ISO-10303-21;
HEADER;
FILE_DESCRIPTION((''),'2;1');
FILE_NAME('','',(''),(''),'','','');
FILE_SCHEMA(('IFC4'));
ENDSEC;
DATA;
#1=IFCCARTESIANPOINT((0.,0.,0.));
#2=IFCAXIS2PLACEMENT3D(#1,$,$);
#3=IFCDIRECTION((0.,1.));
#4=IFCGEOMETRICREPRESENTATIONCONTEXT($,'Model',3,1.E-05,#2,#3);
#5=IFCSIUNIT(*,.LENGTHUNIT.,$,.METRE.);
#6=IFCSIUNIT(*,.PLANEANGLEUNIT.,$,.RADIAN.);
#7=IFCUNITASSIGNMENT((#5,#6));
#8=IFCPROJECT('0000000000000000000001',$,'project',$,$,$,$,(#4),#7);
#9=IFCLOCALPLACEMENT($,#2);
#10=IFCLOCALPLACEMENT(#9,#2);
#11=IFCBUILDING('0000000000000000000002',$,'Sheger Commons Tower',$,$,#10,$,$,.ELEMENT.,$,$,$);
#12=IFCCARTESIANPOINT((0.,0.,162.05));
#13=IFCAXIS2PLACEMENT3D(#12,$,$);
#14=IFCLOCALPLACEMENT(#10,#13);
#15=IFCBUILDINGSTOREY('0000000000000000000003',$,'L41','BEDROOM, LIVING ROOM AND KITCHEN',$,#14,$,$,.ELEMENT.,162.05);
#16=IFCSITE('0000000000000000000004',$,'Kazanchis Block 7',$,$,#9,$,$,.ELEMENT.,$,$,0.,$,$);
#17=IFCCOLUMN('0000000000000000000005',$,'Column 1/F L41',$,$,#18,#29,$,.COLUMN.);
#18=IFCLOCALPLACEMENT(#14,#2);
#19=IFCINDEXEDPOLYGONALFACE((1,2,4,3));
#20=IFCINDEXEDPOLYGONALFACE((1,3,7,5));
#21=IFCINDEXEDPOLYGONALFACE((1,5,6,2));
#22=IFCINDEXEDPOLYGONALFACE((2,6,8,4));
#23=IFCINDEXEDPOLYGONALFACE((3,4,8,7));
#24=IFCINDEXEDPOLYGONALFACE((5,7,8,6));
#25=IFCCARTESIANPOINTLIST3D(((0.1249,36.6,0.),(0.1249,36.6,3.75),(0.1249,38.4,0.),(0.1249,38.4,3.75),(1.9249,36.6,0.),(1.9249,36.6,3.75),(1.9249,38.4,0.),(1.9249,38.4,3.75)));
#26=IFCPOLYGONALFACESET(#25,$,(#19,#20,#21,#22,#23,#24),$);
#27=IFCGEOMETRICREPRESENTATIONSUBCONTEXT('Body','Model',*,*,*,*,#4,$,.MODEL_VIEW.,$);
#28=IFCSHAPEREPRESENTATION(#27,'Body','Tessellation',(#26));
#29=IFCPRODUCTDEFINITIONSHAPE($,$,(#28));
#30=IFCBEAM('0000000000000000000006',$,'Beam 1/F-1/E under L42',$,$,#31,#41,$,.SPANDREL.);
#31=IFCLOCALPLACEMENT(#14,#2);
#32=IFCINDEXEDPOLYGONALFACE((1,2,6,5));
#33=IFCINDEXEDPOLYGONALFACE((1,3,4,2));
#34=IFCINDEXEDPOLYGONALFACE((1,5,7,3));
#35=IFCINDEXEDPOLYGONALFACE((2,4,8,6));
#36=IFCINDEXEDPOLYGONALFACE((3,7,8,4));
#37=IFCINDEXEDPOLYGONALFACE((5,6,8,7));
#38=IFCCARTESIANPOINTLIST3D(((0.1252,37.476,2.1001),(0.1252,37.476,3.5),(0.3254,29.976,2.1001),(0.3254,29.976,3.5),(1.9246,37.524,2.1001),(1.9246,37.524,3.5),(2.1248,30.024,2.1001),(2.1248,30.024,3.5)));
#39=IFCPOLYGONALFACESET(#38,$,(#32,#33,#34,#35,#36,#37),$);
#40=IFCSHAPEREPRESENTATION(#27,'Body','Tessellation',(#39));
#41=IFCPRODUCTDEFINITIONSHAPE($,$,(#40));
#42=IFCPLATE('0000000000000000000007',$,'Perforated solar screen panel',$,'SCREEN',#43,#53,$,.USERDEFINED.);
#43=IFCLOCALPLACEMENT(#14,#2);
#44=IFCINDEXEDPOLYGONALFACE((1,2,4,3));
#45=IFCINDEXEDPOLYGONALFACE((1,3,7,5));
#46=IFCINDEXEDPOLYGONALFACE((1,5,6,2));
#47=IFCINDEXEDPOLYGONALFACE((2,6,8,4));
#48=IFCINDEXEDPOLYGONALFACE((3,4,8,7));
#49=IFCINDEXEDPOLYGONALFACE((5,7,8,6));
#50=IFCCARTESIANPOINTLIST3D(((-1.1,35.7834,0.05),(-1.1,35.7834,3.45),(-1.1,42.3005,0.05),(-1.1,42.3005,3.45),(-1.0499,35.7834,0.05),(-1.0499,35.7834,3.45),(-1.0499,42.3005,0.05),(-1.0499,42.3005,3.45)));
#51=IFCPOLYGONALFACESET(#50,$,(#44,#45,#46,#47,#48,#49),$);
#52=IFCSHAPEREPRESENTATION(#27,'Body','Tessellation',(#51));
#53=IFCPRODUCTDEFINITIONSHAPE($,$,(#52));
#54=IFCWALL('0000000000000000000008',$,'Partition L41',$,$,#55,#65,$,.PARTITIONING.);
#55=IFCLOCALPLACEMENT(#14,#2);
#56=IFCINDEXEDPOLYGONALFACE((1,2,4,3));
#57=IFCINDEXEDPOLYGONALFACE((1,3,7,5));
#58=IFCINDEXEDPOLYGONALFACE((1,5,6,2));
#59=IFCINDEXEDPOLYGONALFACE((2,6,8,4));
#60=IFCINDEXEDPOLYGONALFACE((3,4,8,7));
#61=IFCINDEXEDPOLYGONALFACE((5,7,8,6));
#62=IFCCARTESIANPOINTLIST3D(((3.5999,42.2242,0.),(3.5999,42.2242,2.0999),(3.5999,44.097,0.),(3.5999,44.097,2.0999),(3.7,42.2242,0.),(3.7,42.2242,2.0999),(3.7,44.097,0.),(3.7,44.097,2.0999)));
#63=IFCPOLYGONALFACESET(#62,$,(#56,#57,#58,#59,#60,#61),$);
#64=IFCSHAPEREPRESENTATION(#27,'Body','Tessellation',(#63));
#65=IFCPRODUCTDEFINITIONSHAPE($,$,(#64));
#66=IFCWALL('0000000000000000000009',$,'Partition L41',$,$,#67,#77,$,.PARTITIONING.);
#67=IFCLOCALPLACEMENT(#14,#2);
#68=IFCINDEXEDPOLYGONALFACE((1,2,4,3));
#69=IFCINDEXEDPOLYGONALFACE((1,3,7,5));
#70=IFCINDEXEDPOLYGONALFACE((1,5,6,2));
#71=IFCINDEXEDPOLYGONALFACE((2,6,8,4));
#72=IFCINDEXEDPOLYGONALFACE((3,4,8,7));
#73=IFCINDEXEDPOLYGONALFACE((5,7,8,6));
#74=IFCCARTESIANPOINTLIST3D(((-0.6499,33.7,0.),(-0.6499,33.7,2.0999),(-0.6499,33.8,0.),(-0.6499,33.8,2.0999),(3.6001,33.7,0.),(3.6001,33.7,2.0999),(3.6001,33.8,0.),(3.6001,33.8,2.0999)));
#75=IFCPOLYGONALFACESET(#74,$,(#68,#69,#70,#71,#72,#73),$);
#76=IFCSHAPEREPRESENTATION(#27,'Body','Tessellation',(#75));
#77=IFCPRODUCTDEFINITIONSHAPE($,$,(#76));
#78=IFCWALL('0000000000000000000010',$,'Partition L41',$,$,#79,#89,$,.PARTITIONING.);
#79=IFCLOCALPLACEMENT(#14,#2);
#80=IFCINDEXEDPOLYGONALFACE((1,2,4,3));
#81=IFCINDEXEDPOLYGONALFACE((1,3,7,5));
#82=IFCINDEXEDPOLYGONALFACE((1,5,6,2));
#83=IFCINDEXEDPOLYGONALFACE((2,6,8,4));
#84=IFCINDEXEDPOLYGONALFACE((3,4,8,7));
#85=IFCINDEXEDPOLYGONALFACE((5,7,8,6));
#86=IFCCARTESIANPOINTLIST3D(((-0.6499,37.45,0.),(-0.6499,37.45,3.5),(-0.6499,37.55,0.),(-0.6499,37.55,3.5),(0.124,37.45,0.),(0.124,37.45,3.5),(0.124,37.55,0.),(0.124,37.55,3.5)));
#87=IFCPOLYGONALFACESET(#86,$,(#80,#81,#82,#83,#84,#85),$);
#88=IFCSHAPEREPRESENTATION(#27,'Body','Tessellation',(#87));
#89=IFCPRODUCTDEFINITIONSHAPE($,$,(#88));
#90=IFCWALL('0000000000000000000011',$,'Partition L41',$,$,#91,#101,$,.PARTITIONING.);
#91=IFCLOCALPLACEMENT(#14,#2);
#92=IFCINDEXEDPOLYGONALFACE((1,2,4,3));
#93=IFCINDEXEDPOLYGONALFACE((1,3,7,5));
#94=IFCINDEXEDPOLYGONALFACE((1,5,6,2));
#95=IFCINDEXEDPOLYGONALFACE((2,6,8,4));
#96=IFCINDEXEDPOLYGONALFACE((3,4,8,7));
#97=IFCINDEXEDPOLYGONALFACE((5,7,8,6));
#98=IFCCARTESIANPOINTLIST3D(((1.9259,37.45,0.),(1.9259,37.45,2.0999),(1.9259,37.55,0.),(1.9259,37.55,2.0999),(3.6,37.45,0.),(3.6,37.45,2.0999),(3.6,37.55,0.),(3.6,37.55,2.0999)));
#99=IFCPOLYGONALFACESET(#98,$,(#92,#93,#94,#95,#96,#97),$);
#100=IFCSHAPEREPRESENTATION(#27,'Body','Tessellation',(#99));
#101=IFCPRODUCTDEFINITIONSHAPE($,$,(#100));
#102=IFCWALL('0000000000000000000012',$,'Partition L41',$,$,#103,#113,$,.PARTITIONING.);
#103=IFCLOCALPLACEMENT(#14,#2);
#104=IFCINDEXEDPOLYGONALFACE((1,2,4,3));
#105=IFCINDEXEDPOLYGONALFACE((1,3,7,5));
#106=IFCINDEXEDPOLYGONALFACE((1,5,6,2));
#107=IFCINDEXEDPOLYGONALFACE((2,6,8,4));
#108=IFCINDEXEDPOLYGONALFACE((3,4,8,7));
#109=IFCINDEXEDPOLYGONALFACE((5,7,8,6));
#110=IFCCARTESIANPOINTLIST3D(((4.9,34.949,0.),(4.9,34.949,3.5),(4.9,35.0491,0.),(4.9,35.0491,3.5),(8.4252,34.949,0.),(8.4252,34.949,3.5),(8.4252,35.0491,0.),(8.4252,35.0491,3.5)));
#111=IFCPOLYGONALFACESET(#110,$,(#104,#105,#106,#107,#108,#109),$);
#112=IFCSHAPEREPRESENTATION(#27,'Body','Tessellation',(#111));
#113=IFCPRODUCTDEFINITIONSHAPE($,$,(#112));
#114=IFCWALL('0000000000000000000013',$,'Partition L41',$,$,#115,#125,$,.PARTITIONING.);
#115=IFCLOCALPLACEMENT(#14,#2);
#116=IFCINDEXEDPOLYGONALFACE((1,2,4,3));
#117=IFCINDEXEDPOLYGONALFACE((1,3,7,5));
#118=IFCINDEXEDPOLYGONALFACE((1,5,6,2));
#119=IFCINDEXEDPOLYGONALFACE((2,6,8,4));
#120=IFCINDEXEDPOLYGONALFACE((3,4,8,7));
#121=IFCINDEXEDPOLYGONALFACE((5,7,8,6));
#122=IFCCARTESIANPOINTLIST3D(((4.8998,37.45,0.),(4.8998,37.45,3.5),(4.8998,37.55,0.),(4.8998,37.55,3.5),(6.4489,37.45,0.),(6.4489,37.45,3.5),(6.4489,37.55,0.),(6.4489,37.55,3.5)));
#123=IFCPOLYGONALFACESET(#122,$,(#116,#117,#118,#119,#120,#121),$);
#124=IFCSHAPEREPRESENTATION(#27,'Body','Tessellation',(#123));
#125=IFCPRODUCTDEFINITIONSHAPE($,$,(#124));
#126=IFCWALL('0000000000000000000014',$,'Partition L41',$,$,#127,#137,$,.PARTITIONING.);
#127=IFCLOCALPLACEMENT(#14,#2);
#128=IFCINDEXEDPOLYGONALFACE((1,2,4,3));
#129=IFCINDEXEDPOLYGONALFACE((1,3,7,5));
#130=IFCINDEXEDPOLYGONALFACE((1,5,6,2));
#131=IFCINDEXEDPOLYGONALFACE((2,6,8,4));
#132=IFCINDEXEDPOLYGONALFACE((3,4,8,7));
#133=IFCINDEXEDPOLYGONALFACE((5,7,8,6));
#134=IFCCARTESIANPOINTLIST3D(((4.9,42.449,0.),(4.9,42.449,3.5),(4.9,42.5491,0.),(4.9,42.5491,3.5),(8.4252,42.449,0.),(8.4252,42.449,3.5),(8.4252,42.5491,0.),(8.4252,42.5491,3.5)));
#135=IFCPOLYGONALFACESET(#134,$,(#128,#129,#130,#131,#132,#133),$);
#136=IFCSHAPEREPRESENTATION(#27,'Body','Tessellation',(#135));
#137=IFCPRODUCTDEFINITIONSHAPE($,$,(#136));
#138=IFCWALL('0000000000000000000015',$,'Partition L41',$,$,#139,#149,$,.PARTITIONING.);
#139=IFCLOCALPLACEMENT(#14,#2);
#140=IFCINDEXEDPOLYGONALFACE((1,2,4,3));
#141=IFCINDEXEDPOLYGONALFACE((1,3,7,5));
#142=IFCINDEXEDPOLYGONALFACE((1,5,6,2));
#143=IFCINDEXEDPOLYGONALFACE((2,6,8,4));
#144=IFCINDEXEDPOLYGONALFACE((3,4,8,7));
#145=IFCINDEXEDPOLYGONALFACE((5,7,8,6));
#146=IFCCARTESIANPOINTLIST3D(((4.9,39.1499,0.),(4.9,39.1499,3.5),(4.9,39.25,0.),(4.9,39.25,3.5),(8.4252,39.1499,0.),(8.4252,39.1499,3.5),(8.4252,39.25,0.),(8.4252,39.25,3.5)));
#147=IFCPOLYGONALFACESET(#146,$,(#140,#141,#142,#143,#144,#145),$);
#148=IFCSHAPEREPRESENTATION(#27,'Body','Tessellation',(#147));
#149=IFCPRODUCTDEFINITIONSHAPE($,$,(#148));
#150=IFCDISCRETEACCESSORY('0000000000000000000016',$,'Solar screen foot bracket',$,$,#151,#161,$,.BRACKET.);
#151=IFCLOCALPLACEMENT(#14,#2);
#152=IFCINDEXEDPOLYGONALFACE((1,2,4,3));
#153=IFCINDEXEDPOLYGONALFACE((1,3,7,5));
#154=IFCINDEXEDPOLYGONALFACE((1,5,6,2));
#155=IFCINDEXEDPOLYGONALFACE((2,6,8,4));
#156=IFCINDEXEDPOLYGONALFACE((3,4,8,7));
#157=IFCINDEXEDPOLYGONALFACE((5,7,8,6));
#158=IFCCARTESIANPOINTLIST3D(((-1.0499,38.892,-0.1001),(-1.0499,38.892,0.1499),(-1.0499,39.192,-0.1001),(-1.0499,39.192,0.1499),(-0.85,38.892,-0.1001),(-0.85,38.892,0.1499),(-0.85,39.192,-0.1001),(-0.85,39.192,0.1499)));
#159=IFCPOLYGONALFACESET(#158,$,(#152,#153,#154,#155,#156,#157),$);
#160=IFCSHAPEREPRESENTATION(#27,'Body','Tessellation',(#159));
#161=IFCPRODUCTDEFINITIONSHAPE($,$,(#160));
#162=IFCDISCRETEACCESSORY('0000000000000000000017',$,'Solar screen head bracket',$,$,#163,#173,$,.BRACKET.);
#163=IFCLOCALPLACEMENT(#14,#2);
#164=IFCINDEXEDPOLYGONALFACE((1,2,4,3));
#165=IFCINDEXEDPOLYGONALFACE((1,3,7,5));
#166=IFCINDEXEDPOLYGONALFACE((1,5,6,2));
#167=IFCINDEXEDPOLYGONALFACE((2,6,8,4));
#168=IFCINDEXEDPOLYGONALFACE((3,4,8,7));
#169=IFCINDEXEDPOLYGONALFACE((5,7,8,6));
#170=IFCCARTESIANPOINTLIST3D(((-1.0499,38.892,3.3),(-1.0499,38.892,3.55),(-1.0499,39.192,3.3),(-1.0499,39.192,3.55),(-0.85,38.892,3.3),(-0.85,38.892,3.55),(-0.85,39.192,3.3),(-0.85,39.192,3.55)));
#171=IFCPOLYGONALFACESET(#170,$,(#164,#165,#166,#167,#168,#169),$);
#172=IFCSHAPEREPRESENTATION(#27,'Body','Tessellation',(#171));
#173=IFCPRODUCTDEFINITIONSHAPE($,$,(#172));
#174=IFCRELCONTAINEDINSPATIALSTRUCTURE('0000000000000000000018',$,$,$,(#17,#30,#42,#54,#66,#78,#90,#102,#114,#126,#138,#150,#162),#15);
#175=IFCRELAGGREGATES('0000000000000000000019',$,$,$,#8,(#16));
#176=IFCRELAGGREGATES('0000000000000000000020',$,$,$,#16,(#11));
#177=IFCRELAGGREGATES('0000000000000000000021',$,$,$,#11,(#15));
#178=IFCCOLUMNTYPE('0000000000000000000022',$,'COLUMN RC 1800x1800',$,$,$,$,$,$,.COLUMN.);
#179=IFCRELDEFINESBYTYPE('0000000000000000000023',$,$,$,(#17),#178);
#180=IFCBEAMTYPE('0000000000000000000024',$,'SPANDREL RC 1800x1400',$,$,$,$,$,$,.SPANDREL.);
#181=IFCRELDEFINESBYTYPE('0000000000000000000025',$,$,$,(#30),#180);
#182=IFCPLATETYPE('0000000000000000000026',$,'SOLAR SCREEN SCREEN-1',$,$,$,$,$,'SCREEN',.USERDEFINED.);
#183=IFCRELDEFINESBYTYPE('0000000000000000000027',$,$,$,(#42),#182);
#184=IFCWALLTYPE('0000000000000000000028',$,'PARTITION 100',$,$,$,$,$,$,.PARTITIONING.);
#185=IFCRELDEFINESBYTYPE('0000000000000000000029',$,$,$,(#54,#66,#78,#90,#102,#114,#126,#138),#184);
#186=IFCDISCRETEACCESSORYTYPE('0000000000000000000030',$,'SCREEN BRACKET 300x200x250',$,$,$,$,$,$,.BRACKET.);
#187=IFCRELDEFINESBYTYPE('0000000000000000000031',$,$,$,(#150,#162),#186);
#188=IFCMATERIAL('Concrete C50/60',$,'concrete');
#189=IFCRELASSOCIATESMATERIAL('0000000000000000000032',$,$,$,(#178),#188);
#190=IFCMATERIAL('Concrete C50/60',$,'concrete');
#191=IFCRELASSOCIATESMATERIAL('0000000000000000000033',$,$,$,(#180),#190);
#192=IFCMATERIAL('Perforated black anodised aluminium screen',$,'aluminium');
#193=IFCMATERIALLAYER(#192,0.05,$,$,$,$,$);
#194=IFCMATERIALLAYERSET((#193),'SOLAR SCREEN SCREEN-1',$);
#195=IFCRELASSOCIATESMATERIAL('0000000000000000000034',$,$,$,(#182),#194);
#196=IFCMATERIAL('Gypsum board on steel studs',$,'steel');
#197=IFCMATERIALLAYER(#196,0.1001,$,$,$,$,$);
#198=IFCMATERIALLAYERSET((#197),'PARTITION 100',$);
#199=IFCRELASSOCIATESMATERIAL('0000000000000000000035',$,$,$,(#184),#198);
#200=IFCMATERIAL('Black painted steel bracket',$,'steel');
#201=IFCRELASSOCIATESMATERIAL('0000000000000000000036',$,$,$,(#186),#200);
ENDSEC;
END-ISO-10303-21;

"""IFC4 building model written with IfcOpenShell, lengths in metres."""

from ifc_helpers import new_model, si_unit, direction, frame, frame_2d, origin, origin_2d, place, context, subcontext, project, spatial, rectangle, extrude, material, layer, layer_set, material_profile, profile_set, type_object, element, save


model = new_model("IFC4")

# Units and contexts
model_context = context("Model", 3, precision=1e-05, world=origin(), true_north=direction((0.0, 1.0)))
body_context = subcontext(model_context, "Body", "Model", "MODEL_VIEW")
ifc_project = project(units=[si_unit("LENGTHUNIT", "METRE"), si_unit("PLANEANGLEUNIT", "RADIAN")], contexts=[model_context])

# Site, building, storey
site_placement = place(None, origin())
site = spatial("IfcSite", under=ifc_project, at=site_placement, Name="Kazanchis Block 7", CompositionType="ELEMENT", RefElevation=0.0)
building_placement = place(site_placement, origin())
building = spatial("IfcBuilding", under=site, at=building_placement, Name="Sheger Commons Tower", CompositionType="ELEMENT")
storey_placement = place(building_placement, frame((0.0, 0.0, 162.05)))
storey = spatial("IfcBuildingStorey", under=building, at=storey_placement, Name="L41", Description="BEDROOM, LIVING ROOM AND KITCHEN", CompositionType="ELEMENT", Elevation=162.05)

# Column
ifc_material_1 = material(Name="Concrete C50/60", Category="concrete")
ifc_material_profile_1 = material_profile(ifc_material_1, rectangle(XDim=1.8, YDim=1.8, at=origin_2d()), Name="RC 1800x1800")
ifc_profile_set_1 = profile_set([ifc_material_profile_1], Name="Concrete C50/60")
column_type = type_object("IfcColumnType", Name="COLUMN RC 1800x1800", PredefinedType="COLUMN", material=ifc_profile_set_1)
column_placement = place(storey_placement, frame((1.0249, 37.5, 0.0), z_axis=(0.0, 0.0, 1.0), x_axis=(1.0, 0.0, 0.0)))
element("IfcColumn", 1, at=column_placement, inside=storey, type_object=column_type, Name="Column 1/F L41", PredefinedType="COLUMN", context=body_context, shape_type="SweptSolid", body=[
    extrude(rectangle(XDim=1.8, YDim=1.8, at=origin_2d()), origin(), (0.0, 0.0, 1.0), 3.75),
])

# Beam
ifc_material_2 = material(Name="Concrete C50/60", Category="concrete")
ifc_material_profile_2 = material_profile(ifc_material_2, rectangle(XDim=1.8, YDim=1.3999, at=origin_2d()), Name="RC 1800x1400")
ifc_profile_set_2 = profile_set([ifc_material_profile_2], Name="Concrete C50/60")
beam_type = type_object("IfcBeamType", Name="SPANDREL RC 1800x1400", PredefinedType="SPANDREL", material=ifc_profile_set_2)
beam_placement = place(storey_placement, frame((1.0249, 37.5, 2.8), z_axis=(0.026683, -0.999644, 0.0), x_axis=(0.999644, 0.026683, 0.0)))
element("IfcBeam", 2, at=beam_placement, inside=storey, type_object=beam_type, Name="Beam 1/F-1/E under L42", PredefinedType="SPANDREL", context=body_context, shape_type="SweptSolid", body=[
    extrude(rectangle(XDim=1.8, YDim=1.3999, at=origin_2d()), origin(), (0.0, 0.0, 1.0), 7.5027),
])

# Plate
ifc_material_3 = material(Name="Perforated black anodised aluminium screen", Category="aluminium")
ifc_layer_1 = layer(ifc_material_3, 0.05)
ifc_layer_set_1 = layer_set([ifc_layer_1], Name="SOLAR SCREEN SCREEN-1")
plate_type = type_object("IfcPlateType", Name="SOLAR SCREEN SCREEN-1", ElementType="SCREEN", PredefinedType="USERDEFINED", material=ifc_layer_set_1)
plate_placement = place(storey_placement, frame((-1.075, 39.042, 0.05), z_axis=(0.0, 0.0, 1.0), x_axis=(0.0, -1.0, 0.0)))
element("IfcPlate", 3, at=plate_placement, inside=storey, type_object=plate_type, Name="Perforated solar screen panel", ObjectType="SCREEN", PredefinedType="USERDEFINED", context=body_context, shape_type="SweptSolid", body=[
    extrude(rectangle(XDim=6.5171, YDim=0.05, at=origin_2d()), origin(), (0.0, 0.0, 1.0), 3.3999),
])

# Walls
ifc_material_4 = material(Name="Gypsum board on steel studs", Category="steel")
ifc_layer_2 = layer(ifc_material_4, 0.1001)
ifc_layer_set_2 = layer_set([ifc_layer_2], Name="PARTITION 100")
wall_type = type_object("IfcWallType", Name="PARTITION 100", PredefinedType="PARTITIONING", material=ifc_layer_set_2)
wall_1_placement = place(storey_placement, frame((3.6499, 42.2241, 0.0), z_axis=(0.0, 0.0, 1.0), x_axis=(0.0, 1.0, 0.0)))
element("IfcWall", 4, at=wall_1_placement, inside=storey, type_object=wall_type, Name="Partition L41", PredefinedType="PARTITIONING", context=body_context, shape_type="SweptSolid", body=[
    extrude(rectangle(XDim=1.8728, YDim=0.1001, at=frame_2d((0.9365, 0.0))), origin(), (0.0, 0.0, 1.0), 2.0999),
])
wall_2_placement = place(storey_placement, frame((-0.6499, 33.75, 0.0), z_axis=(0.0, 0.0, 1.0), x_axis=(1.0, 0.0, 0.0)))
element("IfcWall", 5, at=wall_2_placement, inside=storey, type_object=wall_type, Name="Partition L41", PredefinedType="PARTITIONING", context=body_context, shape_type="SweptSolid", body=[
    extrude(rectangle(XDim=4.25, YDim=0.1001, at=frame_2d((2.125, 0.0))), origin(), (0.0, 0.0, 1.0), 2.0999),
])
wall_3_placement = place(storey_placement, frame((-0.6499, 37.5, 0.0), z_axis=(0.0, 0.0, 1.0), x_axis=(1.0, 0.0, 0.0)))
element("IfcWall", 6, at=wall_3_placement, inside=storey, type_object=wall_type, Name="Partition L41", PredefinedType="PARTITIONING", context=body_context, shape_type="SweptSolid", body=[
    extrude(rectangle(XDim=0.7739, YDim=0.1001, at=frame_2d((0.387, 0.0))), origin(), (0.0, 0.0, 1.0), 3.5),
])
wall_4_placement = place(storey_placement, frame((1.926, 37.5, 0.0), z_axis=(0.0, 0.0, 1.0), x_axis=(1.0, 0.0, 0.0)))
element("IfcWall", 7, at=wall_4_placement, inside=storey, type_object=wall_type, Name="Partition L41", PredefinedType="PARTITIONING", context=body_context, shape_type="SweptSolid", body=[
    extrude(rectangle(XDim=1.6741, YDim=0.1001, at=frame_2d((0.8369, 0.0))), origin(), (0.0, 0.0, 1.0), 2.0999),
])
wall_5_placement = place(storey_placement, frame((4.8999, 34.999, 0.0), z_axis=(0.0, 0.0, 1.0), x_axis=(1.0, 0.0, 0.0)))
element("IfcWall", 8, at=wall_5_placement, inside=storey, type_object=wall_type, Name="Partition L41", PredefinedType="PARTITIONING", context=body_context, shape_type="SweptSolid", body=[
    extrude(rectangle(XDim=3.5251, YDim=0.1001, at=frame_2d((1.7627, 0.0))), origin(), (0.0, 0.0, 1.0), 3.5),
])
wall_6_placement = place(storey_placement, frame((4.8999, 37.5, 0.0), z_axis=(0.0, 0.0, 1.0), x_axis=(1.0, 0.0, 0.0)))
element("IfcWall", 9, at=wall_6_placement, inside=storey, type_object=wall_type, Name="Partition L41", PredefinedType="PARTITIONING", context=body_context, shape_type="SweptSolid", body=[
    extrude(rectangle(XDim=1.5491, YDim=0.1001, at=frame_2d((0.7744, 0.0))), origin(), (0.0, 0.0, 1.0), 3.5),
])
for number, where, z_axis, x_axis, name in (
    (10, (4.8999, 42.499, 0.0), (0.0, 0.0, 1.0), (1.0, 0.0, 0.0), "Partition L41"),
    (11, (4.8999, 39.2, 0.0), (0.0, 0.0, 1.0), (1.0, 0.0, 0.0), "Partition L41"),
):
    element("IfcWall", number, at=place(storey_placement, frame(where, z_axis=z_axis, x_axis=x_axis)), inside=storey, type_object=wall_type, Name=name, PredefinedType="PARTITIONING", context=body_context, shape_type="SweptSolid", body=[
        extrude(rectangle(XDim=3.5251, YDim=0.1001, at=frame_2d((1.7627, 0.0))), origin(), (0.0, 0.0, 1.0), 3.5),
    ])

# Discrete accessories
ifc_material_5 = material(Name="Black painted steel bracket", Category="steel")
discrete_accessory_type = type_object("IfcDiscreteAccessoryType", Name="SCREEN BRACKET 300x200x250", PredefinedType="BRACKET", material=ifc_material_5)
for number, where, z_axis, x_axis, name in (
    (12, (-0.95, 39.042, -0.1001), (0.0, 0.0, 1.0), (0.0, -1.0, 0.0), "Solar screen foot bracket"),
    (13, (-0.95, 39.042, 3.3), (0.0, 0.0, 1.0), (0.0, -1.0, 0.0), "Solar screen head bracket"),
):
    element("IfcDiscreteAccessory", number, at=place(storey_placement, frame(where, z_axis=z_axis, x_axis=x_axis)), inside=storey, type_object=discrete_accessory_type, Name=name, PredefinedType="BRACKET", context=body_context, shape_type="SweptSolid", body=[
        extrude(rectangle(XDim=0.3, YDim=0.2, at=origin_2d()), origin(), (0.0, 0.0, 1.0), 0.25),
    ])

save(model, "model.ifc")
